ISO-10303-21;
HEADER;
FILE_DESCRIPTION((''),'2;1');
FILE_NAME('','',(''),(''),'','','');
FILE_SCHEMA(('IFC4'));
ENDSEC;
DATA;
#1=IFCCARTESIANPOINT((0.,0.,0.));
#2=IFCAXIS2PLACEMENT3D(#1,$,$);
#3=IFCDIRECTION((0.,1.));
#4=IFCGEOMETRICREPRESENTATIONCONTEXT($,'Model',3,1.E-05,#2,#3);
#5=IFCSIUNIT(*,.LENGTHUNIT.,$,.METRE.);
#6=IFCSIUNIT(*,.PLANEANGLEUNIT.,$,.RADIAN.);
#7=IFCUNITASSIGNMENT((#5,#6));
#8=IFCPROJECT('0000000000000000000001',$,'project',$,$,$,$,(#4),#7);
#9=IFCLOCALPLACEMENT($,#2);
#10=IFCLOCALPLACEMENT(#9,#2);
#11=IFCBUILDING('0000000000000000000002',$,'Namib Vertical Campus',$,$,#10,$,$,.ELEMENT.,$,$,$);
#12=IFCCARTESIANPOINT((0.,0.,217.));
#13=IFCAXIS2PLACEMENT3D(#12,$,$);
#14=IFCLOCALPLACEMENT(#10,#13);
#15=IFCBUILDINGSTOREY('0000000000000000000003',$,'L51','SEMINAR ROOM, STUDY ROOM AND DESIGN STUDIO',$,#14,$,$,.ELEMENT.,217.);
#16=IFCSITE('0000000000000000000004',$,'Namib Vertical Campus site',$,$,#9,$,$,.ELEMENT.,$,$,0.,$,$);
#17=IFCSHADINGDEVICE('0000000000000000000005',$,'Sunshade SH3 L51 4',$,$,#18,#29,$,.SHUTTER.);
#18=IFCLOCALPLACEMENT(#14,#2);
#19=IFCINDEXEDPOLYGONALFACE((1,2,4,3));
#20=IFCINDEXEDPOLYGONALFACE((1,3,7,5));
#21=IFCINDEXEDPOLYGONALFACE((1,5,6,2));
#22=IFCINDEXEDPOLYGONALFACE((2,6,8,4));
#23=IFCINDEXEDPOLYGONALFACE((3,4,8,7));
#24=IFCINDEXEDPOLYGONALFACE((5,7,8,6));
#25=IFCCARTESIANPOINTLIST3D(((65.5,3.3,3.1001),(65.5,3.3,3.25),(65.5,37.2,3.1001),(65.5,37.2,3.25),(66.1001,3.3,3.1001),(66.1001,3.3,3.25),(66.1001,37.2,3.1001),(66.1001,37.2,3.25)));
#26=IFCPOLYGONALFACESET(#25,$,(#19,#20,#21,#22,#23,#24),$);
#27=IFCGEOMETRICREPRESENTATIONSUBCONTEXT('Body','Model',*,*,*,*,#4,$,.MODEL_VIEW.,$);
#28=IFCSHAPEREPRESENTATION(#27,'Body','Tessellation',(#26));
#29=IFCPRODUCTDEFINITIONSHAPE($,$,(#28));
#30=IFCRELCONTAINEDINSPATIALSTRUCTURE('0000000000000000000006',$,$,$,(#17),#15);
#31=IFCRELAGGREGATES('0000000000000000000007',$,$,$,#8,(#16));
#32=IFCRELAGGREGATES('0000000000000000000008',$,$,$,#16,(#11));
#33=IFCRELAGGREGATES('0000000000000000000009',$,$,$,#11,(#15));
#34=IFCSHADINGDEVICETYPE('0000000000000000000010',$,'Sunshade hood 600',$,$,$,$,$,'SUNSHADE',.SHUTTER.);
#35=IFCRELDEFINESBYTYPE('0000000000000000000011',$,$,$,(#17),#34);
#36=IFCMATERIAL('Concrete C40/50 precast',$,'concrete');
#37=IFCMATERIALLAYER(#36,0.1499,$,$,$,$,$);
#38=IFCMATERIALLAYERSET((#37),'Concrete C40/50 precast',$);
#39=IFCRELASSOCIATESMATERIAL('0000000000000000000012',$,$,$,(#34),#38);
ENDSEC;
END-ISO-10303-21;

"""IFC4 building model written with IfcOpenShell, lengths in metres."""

from ifc_helpers import new_model, si_unit, direction, frame, origin, origin_2d, place, context, subcontext, project, spatial, rectangle, extrude, material, layer, layer_set, type_object, element, save


model = new_model("IFC4")

# Units and contexts
model_context = context("Model", 3, precision=1e-05, world=origin(), true_north=direction((0.0, 1.0)))
body_context = subcontext(model_context, "Body", "Model", "MODEL_VIEW")
ifc_project = project(units=[si_unit("LENGTHUNIT", "METRE"), si_unit("PLANEANGLEUNIT", "RADIAN")], contexts=[model_context])

# Site, building, storey
site_placement = place(None, origin())
site = spatial("IfcSite", under=ifc_project, at=site_placement, Name="Namib Vertical Campus site", CompositionType="ELEMENT", RefElevation=0.0)
building_placement = place(site_placement, origin())
building = spatial("IfcBuilding", under=site, at=building_placement, Name="Namib Vertical Campus", CompositionType="ELEMENT")
storey_placement = place(building_placement, frame((0.0, 0.0, 217.0)))
storey = spatial("IfcBuildingStorey", under=building, at=storey_placement, Name="L51", Description="SEMINAR ROOM, STUDY ROOM AND DESIGN STUDIO", CompositionType="ELEMENT", Elevation=217.0)

# Shading device
ifc_material_1 = material(Name="Concrete C40/50 precast", Category="concrete")
ifc_layer_1 = layer(ifc_material_1, 0.1499)
ifc_layer_set_1 = layer_set([ifc_layer_1], Name="Concrete C40/50 precast")
shading_device_type = type_object("IfcShadingDeviceType", Name="Sunshade hood 600", ElementType="SUNSHADE", PredefinedType="SHUTTER", material=ifc_layer_set_1)
shading_device_placement = place(storey_placement, frame((65.8, 20.25, 3.1001), z_axis=(0.0, 0.0, 1.0), x_axis=(0.0, -1.0, 0.0)))
element("IfcShadingDevice", 1, at=shading_device_placement, inside=storey, type_object=shading_device_type, Name="Sunshade SH3 L51 4", PredefinedType="SHUTTER", context=body_context, shape_type="SweptSolid", body=[
    extrude(rectangle(XDim=33.8999, YDim=0.6001, at=origin_2d()), origin(), (0.0, 0.0, 1.0), 0.1499),
])

save(model, "model.ifc")
